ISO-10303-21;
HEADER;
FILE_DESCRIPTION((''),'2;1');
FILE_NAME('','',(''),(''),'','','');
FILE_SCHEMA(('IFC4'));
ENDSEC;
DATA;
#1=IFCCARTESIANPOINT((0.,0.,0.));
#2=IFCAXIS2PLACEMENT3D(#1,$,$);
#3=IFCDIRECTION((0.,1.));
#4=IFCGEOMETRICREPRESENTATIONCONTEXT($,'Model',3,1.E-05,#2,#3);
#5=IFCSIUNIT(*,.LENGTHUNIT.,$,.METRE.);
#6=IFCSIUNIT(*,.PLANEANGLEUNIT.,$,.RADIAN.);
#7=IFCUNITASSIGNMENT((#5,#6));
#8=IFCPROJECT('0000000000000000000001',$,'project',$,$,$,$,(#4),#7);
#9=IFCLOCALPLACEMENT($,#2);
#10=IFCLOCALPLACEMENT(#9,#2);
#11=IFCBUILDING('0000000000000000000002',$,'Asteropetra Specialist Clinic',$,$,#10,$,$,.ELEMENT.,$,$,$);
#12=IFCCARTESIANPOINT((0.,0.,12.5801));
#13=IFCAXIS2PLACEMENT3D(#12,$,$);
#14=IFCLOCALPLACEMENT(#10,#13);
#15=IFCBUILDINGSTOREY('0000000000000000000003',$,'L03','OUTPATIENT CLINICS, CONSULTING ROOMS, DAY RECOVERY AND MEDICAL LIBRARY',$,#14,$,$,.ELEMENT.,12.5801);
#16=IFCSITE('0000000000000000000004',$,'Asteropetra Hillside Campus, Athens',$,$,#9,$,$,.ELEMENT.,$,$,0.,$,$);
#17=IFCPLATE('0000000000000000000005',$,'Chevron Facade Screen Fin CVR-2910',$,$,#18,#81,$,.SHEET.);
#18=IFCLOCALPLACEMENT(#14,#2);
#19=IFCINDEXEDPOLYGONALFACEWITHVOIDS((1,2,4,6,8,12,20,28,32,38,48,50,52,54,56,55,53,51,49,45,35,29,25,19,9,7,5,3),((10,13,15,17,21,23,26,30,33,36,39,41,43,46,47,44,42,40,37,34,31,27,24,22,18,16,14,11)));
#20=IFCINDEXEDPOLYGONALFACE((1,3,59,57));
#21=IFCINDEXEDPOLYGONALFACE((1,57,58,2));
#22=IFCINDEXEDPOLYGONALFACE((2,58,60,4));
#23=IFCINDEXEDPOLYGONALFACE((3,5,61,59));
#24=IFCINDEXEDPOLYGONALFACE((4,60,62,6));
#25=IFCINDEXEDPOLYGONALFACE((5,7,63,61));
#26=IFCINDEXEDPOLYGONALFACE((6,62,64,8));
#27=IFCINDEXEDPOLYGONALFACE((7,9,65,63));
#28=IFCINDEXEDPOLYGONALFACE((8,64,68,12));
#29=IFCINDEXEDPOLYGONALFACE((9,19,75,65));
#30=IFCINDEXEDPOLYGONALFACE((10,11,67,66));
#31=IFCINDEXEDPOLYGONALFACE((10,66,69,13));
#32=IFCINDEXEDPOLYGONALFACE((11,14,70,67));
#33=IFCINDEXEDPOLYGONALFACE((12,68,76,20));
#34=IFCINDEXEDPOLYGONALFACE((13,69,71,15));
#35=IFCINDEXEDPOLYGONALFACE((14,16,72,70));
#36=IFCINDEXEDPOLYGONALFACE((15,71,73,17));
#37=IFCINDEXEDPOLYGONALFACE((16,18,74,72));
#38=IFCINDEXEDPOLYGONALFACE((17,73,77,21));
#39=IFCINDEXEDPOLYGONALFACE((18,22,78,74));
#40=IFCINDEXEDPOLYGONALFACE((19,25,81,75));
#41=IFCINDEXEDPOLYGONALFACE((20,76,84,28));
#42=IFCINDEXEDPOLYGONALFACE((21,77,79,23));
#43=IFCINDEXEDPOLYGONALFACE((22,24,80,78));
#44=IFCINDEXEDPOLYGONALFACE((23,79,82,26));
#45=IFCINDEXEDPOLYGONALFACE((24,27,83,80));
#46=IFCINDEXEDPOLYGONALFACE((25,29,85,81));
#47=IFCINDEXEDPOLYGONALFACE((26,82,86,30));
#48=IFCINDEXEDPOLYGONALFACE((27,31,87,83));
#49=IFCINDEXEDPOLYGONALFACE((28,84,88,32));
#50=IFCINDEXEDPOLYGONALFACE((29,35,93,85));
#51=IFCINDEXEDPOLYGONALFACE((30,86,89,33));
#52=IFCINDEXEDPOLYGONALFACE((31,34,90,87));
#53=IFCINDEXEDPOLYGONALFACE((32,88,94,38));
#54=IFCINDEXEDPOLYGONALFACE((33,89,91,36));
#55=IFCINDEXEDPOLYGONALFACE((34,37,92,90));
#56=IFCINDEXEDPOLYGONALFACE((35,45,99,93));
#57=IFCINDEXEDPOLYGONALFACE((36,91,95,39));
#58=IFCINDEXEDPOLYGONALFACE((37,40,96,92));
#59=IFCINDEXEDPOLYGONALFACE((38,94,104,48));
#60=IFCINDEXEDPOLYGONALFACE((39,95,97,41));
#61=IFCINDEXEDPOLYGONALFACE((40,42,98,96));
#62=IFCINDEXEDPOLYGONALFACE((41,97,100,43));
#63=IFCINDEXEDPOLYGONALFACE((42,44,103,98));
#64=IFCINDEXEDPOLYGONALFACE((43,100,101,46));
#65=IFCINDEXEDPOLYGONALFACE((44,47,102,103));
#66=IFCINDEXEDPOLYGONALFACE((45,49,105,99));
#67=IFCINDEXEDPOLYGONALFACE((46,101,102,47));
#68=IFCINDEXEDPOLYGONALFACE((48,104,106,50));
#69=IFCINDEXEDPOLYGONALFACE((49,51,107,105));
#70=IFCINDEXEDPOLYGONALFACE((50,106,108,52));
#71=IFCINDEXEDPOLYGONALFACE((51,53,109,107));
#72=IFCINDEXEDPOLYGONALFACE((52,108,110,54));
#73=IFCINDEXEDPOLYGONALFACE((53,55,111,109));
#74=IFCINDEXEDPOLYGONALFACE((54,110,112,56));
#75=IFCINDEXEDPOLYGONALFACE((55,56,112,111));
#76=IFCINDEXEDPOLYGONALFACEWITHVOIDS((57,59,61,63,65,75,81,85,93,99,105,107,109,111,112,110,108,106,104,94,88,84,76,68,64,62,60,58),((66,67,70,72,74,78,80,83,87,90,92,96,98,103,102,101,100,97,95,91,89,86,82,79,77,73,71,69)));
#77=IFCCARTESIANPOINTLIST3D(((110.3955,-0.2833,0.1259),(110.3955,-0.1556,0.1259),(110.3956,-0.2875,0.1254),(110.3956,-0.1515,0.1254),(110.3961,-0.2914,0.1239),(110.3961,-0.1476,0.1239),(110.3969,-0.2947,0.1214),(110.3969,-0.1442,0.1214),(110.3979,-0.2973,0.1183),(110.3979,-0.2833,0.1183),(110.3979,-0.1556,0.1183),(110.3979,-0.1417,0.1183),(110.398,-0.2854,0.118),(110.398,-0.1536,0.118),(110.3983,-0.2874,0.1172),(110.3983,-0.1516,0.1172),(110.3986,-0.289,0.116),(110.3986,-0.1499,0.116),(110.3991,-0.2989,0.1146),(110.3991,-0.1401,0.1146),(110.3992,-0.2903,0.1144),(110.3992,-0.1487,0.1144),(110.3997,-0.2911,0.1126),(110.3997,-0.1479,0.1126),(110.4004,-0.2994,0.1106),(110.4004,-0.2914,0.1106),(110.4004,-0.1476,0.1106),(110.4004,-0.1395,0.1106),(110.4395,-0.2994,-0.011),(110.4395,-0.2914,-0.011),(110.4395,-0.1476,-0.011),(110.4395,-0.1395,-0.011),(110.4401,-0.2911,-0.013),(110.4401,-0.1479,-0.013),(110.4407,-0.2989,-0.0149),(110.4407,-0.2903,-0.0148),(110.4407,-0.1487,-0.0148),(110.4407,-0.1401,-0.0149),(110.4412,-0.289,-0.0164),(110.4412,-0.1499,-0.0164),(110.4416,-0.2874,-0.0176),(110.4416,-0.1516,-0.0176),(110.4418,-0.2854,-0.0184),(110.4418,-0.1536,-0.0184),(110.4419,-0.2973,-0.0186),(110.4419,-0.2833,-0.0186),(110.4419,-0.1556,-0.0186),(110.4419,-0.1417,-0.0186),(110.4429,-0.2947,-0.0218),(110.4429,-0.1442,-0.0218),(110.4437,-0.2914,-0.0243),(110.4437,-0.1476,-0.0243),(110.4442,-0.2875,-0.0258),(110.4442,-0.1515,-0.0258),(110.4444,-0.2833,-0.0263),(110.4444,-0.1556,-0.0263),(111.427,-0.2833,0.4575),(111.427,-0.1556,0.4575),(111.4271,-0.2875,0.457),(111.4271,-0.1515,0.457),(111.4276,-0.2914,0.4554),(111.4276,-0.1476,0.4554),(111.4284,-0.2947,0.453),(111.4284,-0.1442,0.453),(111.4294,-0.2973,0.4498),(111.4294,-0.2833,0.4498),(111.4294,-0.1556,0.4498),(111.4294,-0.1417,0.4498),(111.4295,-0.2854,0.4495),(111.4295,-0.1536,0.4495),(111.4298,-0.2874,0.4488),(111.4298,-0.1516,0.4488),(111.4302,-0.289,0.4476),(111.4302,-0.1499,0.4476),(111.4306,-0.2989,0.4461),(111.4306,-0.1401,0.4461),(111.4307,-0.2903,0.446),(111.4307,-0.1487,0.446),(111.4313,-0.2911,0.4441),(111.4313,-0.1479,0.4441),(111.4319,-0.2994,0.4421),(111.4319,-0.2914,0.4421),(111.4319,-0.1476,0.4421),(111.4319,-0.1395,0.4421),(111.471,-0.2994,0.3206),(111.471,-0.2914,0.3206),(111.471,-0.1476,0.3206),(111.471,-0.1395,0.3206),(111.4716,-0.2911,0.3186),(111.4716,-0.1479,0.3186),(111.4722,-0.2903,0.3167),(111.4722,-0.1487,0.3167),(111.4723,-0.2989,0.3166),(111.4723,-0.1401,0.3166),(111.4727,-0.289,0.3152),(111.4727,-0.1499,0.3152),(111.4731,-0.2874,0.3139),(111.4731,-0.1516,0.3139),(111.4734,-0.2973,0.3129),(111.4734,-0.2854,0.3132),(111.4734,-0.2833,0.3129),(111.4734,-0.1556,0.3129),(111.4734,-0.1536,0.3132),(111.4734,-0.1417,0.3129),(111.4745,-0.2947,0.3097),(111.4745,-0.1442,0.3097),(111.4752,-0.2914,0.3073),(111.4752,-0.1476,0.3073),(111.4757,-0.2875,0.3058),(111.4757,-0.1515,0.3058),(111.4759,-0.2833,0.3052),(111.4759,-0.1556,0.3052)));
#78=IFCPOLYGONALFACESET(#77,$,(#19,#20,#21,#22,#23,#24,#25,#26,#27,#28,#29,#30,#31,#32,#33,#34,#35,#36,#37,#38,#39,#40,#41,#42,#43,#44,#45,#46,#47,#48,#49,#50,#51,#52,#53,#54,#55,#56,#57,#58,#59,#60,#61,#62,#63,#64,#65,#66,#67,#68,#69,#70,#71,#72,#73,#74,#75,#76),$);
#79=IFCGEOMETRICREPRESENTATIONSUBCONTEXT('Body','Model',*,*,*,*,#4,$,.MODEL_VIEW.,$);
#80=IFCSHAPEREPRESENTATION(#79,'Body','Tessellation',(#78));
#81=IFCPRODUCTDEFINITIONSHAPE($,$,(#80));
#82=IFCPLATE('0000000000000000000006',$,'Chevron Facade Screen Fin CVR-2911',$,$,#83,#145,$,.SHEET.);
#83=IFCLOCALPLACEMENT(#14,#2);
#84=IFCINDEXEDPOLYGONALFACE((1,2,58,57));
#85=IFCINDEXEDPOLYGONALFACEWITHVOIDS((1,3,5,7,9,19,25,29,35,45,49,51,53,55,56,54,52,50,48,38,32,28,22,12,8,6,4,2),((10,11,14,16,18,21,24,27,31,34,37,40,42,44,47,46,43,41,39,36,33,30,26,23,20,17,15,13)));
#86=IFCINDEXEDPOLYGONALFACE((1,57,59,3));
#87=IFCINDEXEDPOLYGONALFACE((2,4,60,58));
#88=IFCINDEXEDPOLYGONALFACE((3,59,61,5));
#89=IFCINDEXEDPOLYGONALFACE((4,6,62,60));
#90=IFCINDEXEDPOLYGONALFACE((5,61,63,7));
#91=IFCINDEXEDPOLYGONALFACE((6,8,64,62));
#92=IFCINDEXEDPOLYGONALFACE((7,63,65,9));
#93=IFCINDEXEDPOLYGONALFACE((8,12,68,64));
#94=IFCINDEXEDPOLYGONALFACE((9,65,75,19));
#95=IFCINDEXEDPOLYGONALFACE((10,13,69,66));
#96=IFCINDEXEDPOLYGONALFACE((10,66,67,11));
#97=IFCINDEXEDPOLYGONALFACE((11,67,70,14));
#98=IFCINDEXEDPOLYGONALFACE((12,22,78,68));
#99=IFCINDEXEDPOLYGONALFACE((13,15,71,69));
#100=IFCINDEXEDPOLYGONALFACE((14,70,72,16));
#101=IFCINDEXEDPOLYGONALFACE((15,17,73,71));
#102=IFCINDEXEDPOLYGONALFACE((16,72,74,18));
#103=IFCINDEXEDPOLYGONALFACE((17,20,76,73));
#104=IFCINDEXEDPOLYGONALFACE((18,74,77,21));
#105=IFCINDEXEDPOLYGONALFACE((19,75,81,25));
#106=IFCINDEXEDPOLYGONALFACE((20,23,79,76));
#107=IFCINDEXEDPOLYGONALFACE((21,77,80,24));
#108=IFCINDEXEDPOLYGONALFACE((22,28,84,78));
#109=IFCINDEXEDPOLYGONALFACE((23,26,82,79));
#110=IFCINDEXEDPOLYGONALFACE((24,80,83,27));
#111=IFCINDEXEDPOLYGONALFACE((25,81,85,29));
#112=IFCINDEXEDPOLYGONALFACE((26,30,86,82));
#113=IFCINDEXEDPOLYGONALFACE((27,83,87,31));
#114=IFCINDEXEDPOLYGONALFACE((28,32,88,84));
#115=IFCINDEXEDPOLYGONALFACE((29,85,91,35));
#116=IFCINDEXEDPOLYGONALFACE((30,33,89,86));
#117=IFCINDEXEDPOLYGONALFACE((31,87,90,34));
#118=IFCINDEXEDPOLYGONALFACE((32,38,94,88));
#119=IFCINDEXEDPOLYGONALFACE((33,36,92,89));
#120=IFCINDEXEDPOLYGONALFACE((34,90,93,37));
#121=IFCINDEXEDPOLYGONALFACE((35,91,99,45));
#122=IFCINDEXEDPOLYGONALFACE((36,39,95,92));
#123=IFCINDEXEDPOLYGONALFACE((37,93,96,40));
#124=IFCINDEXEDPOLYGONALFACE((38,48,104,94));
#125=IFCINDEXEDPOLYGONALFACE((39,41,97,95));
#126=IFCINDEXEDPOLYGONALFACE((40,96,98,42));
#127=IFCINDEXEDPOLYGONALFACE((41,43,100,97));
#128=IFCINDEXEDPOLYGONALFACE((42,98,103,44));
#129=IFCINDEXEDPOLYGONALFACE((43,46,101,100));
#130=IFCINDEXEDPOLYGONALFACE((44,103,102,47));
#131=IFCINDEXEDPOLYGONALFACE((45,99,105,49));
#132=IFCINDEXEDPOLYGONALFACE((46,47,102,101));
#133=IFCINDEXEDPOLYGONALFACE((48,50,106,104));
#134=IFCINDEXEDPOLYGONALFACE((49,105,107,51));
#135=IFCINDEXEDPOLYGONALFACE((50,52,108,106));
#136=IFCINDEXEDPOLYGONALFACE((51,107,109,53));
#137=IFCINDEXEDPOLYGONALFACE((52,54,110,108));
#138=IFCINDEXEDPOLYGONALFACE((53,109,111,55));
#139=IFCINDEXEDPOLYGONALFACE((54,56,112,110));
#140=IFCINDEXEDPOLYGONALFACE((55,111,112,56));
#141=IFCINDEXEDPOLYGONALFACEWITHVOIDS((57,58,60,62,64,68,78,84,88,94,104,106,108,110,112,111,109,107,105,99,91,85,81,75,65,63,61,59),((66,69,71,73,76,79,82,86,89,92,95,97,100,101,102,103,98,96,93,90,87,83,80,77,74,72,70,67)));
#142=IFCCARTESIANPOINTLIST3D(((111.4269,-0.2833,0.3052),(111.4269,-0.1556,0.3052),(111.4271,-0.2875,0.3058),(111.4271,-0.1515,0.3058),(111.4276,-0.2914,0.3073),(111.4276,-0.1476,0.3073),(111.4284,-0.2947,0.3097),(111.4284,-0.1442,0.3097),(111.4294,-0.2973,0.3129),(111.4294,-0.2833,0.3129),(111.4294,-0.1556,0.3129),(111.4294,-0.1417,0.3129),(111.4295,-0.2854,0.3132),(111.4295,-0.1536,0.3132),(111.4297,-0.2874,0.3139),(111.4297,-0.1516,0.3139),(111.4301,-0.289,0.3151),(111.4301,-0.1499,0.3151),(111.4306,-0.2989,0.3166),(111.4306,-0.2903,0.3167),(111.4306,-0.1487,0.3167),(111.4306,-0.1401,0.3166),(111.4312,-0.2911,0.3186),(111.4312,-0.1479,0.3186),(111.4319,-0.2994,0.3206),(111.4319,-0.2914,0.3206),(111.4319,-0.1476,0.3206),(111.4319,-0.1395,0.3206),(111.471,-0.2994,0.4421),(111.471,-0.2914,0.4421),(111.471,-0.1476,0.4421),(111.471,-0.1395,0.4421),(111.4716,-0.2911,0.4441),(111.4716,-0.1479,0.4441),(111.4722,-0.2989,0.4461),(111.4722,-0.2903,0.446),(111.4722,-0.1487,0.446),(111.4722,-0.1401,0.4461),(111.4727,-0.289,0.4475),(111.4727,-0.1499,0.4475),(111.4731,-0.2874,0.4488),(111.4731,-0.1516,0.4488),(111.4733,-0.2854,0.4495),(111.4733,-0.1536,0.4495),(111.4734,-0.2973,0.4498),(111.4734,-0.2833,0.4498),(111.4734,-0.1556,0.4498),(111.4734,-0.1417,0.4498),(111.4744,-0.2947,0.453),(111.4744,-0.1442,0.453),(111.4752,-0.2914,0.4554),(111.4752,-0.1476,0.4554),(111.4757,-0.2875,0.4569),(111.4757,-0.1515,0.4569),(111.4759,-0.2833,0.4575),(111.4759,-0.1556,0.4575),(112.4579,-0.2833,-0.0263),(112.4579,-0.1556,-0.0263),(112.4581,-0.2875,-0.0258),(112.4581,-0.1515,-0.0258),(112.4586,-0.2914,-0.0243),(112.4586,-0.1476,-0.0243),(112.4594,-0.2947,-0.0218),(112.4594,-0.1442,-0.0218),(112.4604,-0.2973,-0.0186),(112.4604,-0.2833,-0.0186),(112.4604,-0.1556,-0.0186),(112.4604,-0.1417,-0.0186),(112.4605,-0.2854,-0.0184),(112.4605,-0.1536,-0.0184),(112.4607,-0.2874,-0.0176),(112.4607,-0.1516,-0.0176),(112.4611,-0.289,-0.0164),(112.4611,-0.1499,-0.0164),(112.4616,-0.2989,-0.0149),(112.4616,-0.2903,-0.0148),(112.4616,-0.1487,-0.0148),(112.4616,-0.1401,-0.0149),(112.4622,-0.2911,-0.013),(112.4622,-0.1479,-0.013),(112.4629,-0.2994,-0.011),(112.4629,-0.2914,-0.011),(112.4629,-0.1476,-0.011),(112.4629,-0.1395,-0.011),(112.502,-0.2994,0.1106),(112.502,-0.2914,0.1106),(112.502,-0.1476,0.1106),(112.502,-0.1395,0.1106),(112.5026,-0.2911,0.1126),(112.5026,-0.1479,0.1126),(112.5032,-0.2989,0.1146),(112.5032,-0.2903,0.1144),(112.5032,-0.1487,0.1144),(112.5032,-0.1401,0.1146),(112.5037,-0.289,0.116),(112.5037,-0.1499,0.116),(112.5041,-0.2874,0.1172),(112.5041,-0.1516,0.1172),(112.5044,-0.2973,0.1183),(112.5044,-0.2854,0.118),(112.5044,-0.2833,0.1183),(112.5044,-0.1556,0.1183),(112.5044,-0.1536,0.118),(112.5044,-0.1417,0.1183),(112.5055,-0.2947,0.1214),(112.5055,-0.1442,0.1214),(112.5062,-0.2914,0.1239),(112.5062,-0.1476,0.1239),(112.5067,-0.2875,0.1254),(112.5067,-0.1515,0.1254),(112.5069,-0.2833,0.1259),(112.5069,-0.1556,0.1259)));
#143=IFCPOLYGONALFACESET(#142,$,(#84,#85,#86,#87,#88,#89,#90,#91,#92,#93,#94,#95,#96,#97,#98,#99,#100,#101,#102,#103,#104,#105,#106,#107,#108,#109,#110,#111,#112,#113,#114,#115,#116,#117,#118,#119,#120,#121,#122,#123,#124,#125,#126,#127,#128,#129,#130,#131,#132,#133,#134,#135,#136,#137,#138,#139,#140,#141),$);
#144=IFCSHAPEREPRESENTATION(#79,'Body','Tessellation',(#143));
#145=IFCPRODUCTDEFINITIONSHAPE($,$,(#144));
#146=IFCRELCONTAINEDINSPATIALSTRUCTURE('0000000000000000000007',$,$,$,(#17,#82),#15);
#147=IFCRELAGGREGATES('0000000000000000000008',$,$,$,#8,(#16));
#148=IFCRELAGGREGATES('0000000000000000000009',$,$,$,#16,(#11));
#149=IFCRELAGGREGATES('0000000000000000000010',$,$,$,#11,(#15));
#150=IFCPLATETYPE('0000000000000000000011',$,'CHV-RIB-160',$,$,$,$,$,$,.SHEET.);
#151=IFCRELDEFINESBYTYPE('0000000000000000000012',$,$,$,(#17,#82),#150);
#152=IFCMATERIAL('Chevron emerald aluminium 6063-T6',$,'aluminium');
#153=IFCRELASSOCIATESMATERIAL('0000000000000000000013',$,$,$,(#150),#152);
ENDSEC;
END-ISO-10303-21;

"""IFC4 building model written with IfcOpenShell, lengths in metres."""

from ifc_helpers import new_model, si_unit, direction, frame, origin, origin_2d, place, context, subcontext, project, spatial, hollow_rectangle, extrude, material, material_profile, profile_set, type_object, element, save


model = new_model("IFC4")

# Units and contexts
model_context = context("Model", 3, precision=1e-05, world=origin(), true_north=direction((0.0, 1.0)))
body_context = subcontext(model_context, "Body", "Model", "MODEL_VIEW")
ifc_project = project(units=[si_unit("LENGTHUNIT", "METRE"), si_unit("PLANEANGLEUNIT", "RADIAN")], contexts=[model_context])

# Site, building, storey
site_placement = place(None, origin())
site = spatial("IfcSite", under=ifc_project, at=site_placement, Name="Asteropetra Hillside Campus, Athens", CompositionType="ELEMENT", RefElevation=0.0)
building_placement = place(site_placement, origin())
building = spatial("IfcBuilding", under=site, at=building_placement, Name="Asteropetra Specialist Clinic", CompositionType="ELEMENT")
storey_placement = place(building_placement, frame((0.0, 0.0, 12.5801)))
storey = spatial("IfcBuildingStorey", under=building, at=storey_placement, Name="L03", Description="OUTPATIENT CLINICS, CONSULTING ROOMS, DAY RECOVERY AND MEDICAL LIBRARY", CompositionType="ELEMENT", Elevation=12.5801)

# Plates
ifc_material_1 = material(Name="Chevron emerald aluminium 6063-T6", Category="aluminium")
ifc_material_profile_1 = material_profile(ifc_material_1, hollow_rectangle(XDim=0.1599, YDim=0.1599, WallThickness=0.0081, InnerFilletRadius=0.0081, OuterFilletRadius=0.0161, at=origin_2d()), Name="SHS 160x160x8.0")
ifc_profile_set_1 = profile_set([ifc_material_profile_1], Name="Chevron emerald aluminium 6063-T6")
plate_type_1 = type_object("IfcPlateType", Name="CHV-RIB-160", PredefinedType="SHEET", material=ifc_profile_set_1)
plate_1_placement = place(storey_placement, frame((110.4199, -0.2195, 0.0498), z_axis=(0.952031, 0.0, 0.306002), x_axis=(0.0, 1.0, 0.0)))
element("IfcPlate", 1, at=plate_1_placement, inside=storey, type_object=plate_type_1, Name="Chevron Facade Screen Fin CVR-2910", PredefinedType="SHEET", context=body_context, shape_type="SweptSolid", body=[
    extrude(hollow_rectangle(XDim=0.1599, YDim=0.1599, WallThickness=0.0081, InnerFilletRadius=0.0081, OuterFilletRadius=0.0161, at=origin_2d()), origin(), (0.0, 0.0, 1.0), 1.0835),
])
plate_2_placement = place(storey_placement, frame((111.4514, -0.2195, 0.3813), z_axis=(0.951989, 0.0, -0.306133), x_axis=(0.0, 1.0, 0.0)))
element("IfcPlate", 2, at=plate_2_placement, inside=storey, type_object=plate_type_1, Name="Chevron Facade Screen Fin CVR-2911", PredefinedType="SHEET", context=body_context, shape_type="SweptSolid", body=[
    extrude(hollow_rectangle(XDim=0.1599, YDim=0.1599, WallThickness=0.0081, InnerFilletRadius=0.0081, OuterFilletRadius=0.0161, at=origin_2d()), origin(), (0.0, 0.0, 1.0), 1.083),
])

save(model, "model.ifc")
